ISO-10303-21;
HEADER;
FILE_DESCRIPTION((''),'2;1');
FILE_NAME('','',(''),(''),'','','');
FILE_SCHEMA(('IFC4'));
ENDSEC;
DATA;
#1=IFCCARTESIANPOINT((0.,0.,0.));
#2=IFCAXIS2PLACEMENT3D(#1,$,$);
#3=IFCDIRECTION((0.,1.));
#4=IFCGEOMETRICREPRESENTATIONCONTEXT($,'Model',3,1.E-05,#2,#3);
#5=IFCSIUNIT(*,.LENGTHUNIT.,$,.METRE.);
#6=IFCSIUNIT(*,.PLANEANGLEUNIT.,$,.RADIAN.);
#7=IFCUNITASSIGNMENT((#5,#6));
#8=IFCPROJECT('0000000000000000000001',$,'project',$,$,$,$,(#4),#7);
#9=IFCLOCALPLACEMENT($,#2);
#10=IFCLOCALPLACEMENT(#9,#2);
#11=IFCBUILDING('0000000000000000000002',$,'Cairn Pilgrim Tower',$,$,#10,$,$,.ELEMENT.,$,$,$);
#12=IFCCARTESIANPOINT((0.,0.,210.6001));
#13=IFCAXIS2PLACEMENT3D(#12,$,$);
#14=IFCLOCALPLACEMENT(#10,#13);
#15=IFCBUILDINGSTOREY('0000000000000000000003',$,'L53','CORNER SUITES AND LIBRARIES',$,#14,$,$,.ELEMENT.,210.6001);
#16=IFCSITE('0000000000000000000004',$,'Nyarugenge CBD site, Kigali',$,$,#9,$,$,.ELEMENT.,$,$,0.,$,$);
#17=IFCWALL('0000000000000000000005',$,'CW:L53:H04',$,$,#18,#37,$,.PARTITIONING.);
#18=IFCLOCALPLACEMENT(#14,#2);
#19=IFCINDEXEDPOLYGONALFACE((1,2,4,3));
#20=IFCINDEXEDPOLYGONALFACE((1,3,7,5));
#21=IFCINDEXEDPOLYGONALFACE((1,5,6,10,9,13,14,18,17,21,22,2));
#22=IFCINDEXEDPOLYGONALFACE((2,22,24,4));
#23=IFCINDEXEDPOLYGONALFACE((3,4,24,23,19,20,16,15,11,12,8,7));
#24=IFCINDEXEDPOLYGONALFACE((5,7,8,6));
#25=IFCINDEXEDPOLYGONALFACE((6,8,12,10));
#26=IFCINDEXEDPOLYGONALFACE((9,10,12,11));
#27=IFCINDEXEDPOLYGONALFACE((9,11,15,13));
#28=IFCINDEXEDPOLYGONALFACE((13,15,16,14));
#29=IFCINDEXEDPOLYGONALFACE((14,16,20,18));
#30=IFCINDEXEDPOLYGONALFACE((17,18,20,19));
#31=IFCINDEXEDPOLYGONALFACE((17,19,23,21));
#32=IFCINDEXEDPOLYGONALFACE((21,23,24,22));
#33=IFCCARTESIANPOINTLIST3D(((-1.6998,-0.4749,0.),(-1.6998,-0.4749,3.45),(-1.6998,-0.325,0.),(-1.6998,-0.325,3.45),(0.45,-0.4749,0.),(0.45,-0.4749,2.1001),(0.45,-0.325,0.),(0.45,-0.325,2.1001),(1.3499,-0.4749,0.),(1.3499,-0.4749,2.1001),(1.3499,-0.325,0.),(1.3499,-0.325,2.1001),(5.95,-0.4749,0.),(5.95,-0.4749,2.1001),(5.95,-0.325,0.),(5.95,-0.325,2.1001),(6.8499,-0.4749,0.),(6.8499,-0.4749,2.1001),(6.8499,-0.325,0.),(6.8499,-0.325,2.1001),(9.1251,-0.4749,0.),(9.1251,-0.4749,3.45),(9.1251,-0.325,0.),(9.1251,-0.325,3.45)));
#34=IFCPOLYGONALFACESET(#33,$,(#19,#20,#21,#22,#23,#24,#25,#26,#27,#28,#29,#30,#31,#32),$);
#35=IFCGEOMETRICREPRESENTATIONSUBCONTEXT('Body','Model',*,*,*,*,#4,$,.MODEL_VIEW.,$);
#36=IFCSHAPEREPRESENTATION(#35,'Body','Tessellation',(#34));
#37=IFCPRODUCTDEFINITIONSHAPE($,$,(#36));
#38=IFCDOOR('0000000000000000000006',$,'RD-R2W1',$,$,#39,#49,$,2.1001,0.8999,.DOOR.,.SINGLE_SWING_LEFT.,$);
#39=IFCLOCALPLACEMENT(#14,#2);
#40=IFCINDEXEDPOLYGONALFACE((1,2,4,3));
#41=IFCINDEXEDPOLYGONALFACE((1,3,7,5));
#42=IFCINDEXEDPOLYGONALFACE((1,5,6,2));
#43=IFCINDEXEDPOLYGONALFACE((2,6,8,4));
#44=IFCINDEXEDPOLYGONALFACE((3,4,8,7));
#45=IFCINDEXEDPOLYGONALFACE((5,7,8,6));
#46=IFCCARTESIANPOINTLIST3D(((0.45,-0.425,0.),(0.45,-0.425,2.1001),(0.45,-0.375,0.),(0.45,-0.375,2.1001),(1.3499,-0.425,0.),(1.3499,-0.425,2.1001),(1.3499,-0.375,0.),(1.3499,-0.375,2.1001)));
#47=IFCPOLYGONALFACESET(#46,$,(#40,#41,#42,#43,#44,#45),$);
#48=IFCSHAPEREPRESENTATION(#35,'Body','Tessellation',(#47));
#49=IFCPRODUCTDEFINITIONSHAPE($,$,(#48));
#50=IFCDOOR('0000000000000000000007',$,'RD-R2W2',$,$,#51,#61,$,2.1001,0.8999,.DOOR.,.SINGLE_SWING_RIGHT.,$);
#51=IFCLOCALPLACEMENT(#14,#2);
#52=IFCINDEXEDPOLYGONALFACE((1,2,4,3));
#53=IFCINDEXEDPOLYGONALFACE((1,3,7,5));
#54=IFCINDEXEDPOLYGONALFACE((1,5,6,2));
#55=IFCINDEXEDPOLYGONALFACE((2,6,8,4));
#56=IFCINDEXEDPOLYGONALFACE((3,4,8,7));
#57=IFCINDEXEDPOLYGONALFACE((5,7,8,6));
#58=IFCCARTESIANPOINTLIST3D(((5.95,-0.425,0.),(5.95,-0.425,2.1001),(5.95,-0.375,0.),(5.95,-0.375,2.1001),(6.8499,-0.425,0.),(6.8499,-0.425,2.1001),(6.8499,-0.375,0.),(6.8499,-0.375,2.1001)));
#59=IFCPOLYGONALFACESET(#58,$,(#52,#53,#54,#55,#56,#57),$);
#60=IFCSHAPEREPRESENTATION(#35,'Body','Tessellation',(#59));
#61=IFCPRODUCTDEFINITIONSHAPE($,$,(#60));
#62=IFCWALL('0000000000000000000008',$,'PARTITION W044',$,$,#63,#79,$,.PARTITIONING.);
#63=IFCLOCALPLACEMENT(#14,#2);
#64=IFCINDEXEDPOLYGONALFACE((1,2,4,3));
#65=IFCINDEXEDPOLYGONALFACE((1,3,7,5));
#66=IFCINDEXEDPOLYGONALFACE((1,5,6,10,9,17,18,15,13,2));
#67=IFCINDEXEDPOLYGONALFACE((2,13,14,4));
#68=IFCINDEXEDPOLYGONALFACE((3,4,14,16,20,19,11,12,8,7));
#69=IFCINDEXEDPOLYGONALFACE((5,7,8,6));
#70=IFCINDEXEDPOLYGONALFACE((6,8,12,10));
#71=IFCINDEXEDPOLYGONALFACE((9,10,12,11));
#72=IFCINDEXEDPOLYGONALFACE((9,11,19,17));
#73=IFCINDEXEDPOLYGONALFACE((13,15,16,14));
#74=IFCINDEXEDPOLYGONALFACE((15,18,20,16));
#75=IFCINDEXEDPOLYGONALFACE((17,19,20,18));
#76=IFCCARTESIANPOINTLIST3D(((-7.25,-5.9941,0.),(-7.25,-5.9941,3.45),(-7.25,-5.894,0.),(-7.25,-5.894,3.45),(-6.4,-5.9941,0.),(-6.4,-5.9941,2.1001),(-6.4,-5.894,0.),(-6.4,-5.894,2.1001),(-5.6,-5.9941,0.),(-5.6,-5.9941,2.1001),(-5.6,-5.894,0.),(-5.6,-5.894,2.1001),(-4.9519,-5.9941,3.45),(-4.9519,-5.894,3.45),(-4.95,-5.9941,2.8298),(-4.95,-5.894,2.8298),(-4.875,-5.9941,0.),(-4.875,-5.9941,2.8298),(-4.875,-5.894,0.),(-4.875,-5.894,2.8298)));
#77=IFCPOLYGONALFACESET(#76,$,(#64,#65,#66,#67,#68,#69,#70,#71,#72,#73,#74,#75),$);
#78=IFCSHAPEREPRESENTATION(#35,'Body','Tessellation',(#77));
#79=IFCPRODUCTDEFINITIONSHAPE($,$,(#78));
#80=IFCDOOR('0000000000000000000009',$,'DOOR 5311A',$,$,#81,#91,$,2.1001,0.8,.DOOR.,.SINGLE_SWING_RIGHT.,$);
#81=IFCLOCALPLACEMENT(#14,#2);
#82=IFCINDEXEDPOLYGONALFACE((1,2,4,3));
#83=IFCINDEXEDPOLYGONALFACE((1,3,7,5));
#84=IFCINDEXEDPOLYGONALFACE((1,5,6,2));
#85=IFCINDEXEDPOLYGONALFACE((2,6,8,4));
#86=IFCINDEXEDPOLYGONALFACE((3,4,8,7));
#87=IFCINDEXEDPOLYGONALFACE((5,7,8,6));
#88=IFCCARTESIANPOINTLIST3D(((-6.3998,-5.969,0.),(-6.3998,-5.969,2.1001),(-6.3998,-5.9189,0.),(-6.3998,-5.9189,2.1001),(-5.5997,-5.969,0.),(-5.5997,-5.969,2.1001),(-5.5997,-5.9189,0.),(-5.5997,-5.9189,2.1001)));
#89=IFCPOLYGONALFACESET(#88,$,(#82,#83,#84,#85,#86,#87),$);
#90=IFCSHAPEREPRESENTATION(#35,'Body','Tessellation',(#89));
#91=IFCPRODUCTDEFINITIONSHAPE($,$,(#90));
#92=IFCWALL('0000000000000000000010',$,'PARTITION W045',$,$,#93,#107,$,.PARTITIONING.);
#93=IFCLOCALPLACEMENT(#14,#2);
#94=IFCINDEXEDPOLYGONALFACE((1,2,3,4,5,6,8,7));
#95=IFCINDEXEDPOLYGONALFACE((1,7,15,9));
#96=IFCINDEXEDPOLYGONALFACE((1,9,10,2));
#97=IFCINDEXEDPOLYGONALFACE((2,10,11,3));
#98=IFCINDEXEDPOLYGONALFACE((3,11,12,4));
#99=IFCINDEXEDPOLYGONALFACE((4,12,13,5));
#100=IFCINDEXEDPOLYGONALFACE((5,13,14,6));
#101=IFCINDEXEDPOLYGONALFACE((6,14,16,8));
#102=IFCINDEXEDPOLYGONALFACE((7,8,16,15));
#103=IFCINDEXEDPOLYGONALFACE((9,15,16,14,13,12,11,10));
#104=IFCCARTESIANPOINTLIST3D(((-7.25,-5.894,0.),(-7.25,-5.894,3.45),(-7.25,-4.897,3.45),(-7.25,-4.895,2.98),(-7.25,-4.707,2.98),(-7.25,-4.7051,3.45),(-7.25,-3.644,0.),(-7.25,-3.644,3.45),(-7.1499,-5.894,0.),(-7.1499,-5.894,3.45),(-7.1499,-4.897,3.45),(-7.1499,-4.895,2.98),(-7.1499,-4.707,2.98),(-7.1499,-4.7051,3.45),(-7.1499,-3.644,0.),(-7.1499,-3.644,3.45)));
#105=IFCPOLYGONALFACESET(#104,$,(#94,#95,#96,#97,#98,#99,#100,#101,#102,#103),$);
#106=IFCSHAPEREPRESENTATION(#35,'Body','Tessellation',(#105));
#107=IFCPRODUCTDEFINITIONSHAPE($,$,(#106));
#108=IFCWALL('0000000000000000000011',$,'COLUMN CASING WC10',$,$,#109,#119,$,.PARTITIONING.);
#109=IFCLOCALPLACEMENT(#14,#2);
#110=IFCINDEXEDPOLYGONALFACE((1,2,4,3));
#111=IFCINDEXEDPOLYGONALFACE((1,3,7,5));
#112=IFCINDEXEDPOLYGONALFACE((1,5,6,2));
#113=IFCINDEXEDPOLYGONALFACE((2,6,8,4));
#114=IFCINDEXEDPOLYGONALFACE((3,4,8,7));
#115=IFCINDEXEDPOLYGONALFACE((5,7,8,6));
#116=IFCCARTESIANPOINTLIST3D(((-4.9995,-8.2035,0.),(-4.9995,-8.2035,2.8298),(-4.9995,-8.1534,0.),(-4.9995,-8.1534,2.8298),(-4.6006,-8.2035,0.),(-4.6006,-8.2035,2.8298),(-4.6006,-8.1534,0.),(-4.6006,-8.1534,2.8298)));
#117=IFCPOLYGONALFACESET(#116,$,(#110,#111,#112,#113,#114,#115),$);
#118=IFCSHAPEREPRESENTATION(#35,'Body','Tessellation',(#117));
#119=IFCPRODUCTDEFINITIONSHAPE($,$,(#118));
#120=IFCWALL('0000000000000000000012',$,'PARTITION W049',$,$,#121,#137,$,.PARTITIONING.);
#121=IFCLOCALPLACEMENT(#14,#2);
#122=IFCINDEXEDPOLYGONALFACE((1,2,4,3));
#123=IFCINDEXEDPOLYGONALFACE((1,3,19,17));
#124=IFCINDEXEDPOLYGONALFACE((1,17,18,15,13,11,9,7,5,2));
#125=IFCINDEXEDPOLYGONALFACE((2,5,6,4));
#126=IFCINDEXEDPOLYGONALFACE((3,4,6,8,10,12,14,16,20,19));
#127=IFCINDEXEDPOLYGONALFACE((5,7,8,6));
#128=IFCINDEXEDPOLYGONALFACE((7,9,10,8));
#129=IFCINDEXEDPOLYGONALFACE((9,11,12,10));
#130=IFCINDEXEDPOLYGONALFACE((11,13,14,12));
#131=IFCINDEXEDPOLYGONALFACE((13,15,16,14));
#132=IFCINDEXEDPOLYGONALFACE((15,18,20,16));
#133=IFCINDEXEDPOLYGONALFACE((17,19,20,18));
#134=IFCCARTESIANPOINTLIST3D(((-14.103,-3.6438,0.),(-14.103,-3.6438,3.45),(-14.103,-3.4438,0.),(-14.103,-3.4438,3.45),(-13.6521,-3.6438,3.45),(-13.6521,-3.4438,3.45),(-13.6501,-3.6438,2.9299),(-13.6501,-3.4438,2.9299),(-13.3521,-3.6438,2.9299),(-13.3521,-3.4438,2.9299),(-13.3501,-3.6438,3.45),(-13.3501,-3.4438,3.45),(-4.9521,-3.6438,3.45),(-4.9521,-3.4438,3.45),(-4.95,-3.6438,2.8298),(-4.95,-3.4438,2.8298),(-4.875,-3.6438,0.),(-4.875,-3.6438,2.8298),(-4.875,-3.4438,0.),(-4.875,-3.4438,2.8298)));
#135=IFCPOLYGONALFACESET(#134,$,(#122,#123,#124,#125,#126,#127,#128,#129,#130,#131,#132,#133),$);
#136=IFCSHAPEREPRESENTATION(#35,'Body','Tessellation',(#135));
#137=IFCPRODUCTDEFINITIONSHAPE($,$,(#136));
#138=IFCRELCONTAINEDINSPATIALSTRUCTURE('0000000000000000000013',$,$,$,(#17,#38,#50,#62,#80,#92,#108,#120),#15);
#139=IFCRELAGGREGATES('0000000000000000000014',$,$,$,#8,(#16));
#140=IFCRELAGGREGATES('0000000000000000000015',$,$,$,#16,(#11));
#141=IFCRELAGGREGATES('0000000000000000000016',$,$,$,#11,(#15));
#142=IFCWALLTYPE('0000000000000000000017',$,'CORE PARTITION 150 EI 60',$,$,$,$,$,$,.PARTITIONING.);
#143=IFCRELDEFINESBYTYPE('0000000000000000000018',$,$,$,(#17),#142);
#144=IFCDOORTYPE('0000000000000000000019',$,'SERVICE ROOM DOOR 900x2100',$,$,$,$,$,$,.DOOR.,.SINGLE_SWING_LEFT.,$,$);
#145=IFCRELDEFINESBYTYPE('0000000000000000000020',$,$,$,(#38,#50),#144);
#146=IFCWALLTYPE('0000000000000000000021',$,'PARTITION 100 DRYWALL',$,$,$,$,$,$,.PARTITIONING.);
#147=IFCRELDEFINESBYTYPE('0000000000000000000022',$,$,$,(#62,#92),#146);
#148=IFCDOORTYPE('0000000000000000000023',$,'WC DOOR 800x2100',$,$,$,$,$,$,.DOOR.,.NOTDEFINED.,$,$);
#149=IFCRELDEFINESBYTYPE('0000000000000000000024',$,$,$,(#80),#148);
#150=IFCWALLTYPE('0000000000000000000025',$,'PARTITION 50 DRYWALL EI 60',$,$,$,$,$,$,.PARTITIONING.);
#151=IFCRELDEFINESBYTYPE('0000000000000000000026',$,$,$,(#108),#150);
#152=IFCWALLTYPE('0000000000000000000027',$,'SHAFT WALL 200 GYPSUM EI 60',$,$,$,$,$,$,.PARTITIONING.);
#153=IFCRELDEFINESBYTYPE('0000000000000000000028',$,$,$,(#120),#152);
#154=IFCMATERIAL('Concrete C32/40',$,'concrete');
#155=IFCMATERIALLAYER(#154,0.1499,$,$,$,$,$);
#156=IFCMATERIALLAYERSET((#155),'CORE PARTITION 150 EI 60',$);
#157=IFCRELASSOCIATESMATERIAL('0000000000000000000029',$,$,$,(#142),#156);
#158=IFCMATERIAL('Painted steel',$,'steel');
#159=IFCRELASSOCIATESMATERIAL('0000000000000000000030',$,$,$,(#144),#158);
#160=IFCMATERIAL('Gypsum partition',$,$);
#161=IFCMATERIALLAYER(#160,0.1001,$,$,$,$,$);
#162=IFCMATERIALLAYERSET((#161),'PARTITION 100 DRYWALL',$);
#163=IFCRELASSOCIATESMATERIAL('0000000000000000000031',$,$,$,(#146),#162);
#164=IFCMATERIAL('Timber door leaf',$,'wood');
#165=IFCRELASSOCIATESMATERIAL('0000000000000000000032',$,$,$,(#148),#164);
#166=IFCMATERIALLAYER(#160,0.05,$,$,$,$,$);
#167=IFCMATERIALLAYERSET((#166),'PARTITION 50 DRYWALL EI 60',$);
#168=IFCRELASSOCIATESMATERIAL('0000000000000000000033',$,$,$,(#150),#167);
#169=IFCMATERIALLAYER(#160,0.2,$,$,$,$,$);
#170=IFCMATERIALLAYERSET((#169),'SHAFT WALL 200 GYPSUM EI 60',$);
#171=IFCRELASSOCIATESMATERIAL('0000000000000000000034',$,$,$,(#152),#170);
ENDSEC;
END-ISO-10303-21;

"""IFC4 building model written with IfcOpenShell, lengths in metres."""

from ifc_helpers import new_model, si_unit, direction, frame, frame_2d, origin, place, context, subcontext, project, spatial, polyline, rectangle, outline, extrude, material, layer, layer_set, type_object, element, fill, save


model = new_model("IFC4")

# Units and contexts
model_context = context("Model", 3, precision=1e-05, world=origin(), true_north=direction((0.0, 1.0)))
body_context = subcontext(model_context, "Body", "Model", "MODEL_VIEW")
ifc_project = project(units=[si_unit("LENGTHUNIT", "METRE"), si_unit("PLANEANGLEUNIT", "RADIAN")], contexts=[model_context])

# Site, building, storey
site_placement = place(None, origin())
site = spatial("IfcSite", under=ifc_project, at=site_placement, Name="Nyarugenge CBD site, Kigali", CompositionType="ELEMENT", RefElevation=0.0)
building_placement = place(site_placement, origin())
building = spatial("IfcBuilding", under=site, at=building_placement, Name="Cairn Pilgrim Tower", CompositionType="ELEMENT")
storey_placement = place(building_placement, frame((0.0, 0.0, 210.6001)))
storey = spatial("IfcBuildingStorey", under=building, at=storey_placement, Name="L53", Description="CORNER SUITES AND LIBRARIES", CompositionType="ELEMENT", Elevation=210.6001)

# Shared definitions
ifc_material_1 = material(Name="Concrete C32/40", Category="concrete")

# Wall, openings, doors
ifc_material_2 = material(Name="Painted steel", Category="steel")
ifc_layer_1 = layer(ifc_material_1, 0.1499)
ifc_layer_set_1 = layer_set([ifc_layer_1], Name="CORE PARTITION 150 EI 60")
wall_type_1 = type_object("IfcWallType", Name="CORE PARTITION 150 EI 60", PredefinedType="PARTITIONING", material=ifc_layer_set_1)
door_type_1 = type_object("IfcDoorType", Name="SERVICE ROOM DOOR 900x2100", OperationType="SINGLE_SWING_LEFT", PredefinedType="DOOR", material=ifc_material_2)
wall_1_placement = place(storey_placement, frame((-1.7, -0.3999, 0.0), z_axis=(0.0, 0.0, 1.0), x_axis=(1.0, 0.0, 0.0)))
wall_1 = element("IfcWall", 1, at=wall_1_placement, inside=storey, type_object=wall_type_1, Name="CW:L53:H04", PredefinedType="PARTITIONING", context=body_context, shape_type="SweptSolid", body=[
    extrude(rectangle(XDim=10.825, YDim=0.1499, at=frame_2d((5.4126, 0.0))), origin(), (0.0, 0.0, 1.0), 3.45),
])
opening_1_placement = place(wall_1_placement, frame((2.1499, 0.0, 0.0)))
opening_1 = element("IfcOpeningElement", 2, at=opening_1_placement, cuts=wall_1, PredefinedType="OPENING", context=body_context, shape_type="SweptSolid", body=[
    extrude(rectangle(XDim=0.8999, YDim=2.1001, at=frame_2d((0.45, 1.05))), frame((0.0, 0.085, 0.0), z_axis=(0.0, -1.0, 0.0), x_axis=(1.0, 0.0, 0.0)), (0.0, 0.0, 1.0), 0.1699),
])
opening_2_placement = place(wall_1_placement, frame((7.6499, 0.0, 0.0)))
opening_2 = element("IfcOpeningElement", 3, at=opening_2_placement, cuts=wall_1, PredefinedType="OPENING", context=body_context, shape_type="SweptSolid", body=[
    extrude(rectangle(XDim=0.8999, YDim=2.1001, at=frame_2d((0.45, 1.05))), frame((0.0, 0.085, 0.0), z_axis=(0.0, -1.0, 0.0), x_axis=(1.0, 0.0, 0.0)), (0.0, 0.0, 1.0), 0.1699),
])
door_1_placement = place(opening_1_placement, origin())
door_1 = element("IfcDoor", 4, at=door_1_placement, inside=storey, type_object=door_type_1, Name="RD-R2W1", OperationType="SINGLE_SWING_LEFT", OverallHeight=2.1001, OverallWidth=0.8999, PredefinedType="DOOR", context=body_context, shape_type="SweptSolid", body=[
    extrude(rectangle(XDim=0.8999, YDim=2.1001, at=frame_2d((0.45, 1.05))), frame((0.0, 0.0249, 0.0), z_axis=(0.0, -1.0, 0.0), x_axis=(1.0, 0.0, 0.0)), (0.0, 0.0, 1.0), 0.05),
])
fill(opening_1, door_1)
door_2_placement = place(opening_2_placement, origin())
door_2 = element("IfcDoor", 5, at=door_2_placement, inside=storey, type_object=door_type_1, Name="RD-R2W2", OperationType="SINGLE_SWING_RIGHT", OverallHeight=2.1001, OverallWidth=0.8999, PredefinedType="DOOR", context=body_context, shape_type="SweptSolid", body=[
    extrude(rectangle(XDim=0.8999, YDim=2.1001, at=frame_2d((0.45, 1.05))), frame((0.0, 0.0249, 0.0), z_axis=(0.0, -1.0, 0.0), x_axis=(1.0, 0.0, 0.0)), (0.0, 0.0, 1.0), 0.05),
])
fill(opening_2, door_2)

# Wall, opening, door
ifc_material_3 = material(Name="Gypsum partition")
ifc_layer_2 = layer(ifc_material_3, 0.1001)
ifc_layer_set_2 = layer_set([ifc_layer_2], Name="PARTITION 100 DRYWALL")
wall_type_2 = type_object("IfcWallType", Name="PARTITION 100 DRYWALL", PredefinedType="PARTITIONING", material=ifc_layer_set_2)
wall_2_placement = place(storey_placement, frame((-7.25, -5.9441, 0.0), z_axis=(0.0, 0.0, 1.0), x_axis=(1.0, 0.0, 0.0)))
wall_2 = element("IfcWall", 6, at=wall_2_placement, inside=storey, type_object=wall_type_2, Name="PARTITION W044", PredefinedType="PARTITIONING", context=body_context, shape_type="SweptSolid", body=[
    extrude(outline(polyline([(0.0, 0.0), (2.375, 0.0), (2.375, 2.8298), (2.3, 2.8298), (2.2981, 3.45), (0.0, 3.45), (0.0, 0.0)])), frame((0.0, 0.05, 0.0), z_axis=(0.0, -1.0, 0.0), x_axis=(1.0, 0.0, 0.0)), (0.0, 0.0, 1.0), 0.1001),
])
opening_3_placement = place(wall_2_placement, frame((0.8501, 0.0, 0.0)))
opening_3 = element("IfcOpeningElement", 7, at=opening_3_placement, cuts=wall_2, PredefinedType="OPENING", context=body_context, shape_type="SweptSolid", body=[
    extrude(rectangle(XDim=0.8, YDim=2.1001, at=frame_2d((0.3999, 1.05))), frame((0.0, 0.0601, 0.0), z_axis=(0.0, -1.0, 0.0), x_axis=(1.0, 0.0, 0.0)), (0.0, 0.0, 1.0), 0.1201),
])
ifc_material_4 = material(Name="Timber door leaf", Category="wood")
door_type_2 = type_object("IfcDoorType", Name="WC DOOR 800x2100", OperationType="NOTDEFINED", PredefinedType="DOOR", material=ifc_material_4)
door_3_placement = place(opening_3_placement, frame((0.8, 0.0, 0.0), z_axis=(0.0, 0.0, 1.0), x_axis=(-1.0, 0.0, 0.0)))
door_3 = element("IfcDoor", 8, at=door_3_placement, inside=storey, type_object=door_type_2, Name="DOOR 5311A", OperationType="SINGLE_SWING_RIGHT", OverallHeight=2.1001, OverallWidth=0.8, PredefinedType="DOOR", context=body_context, shape_type="SweptSolid", body=[
    extrude(rectangle(XDim=0.8, YDim=2.1001, at=frame_2d((0.3999, 1.05))), frame((0.0, 0.0249, 0.0), z_axis=(0.0, -1.0, 0.0), x_axis=(1.0, 0.0, 0.0)), (0.0, 0.0, 1.0), 0.05),
])
fill(opening_3, door_3)

# Walls
wall_3_placement = place(storey_placement, frame((-7.2, -5.894, 0.0), z_axis=(0.0, 0.0, 1.0), x_axis=(0.0, 1.0, 0.0)))
element("IfcWall", 9, at=wall_3_placement, inside=storey, type_object=wall_type_2, Name="PARTITION W045", PredefinedType="PARTITIONING", context=body_context, shape_type="SweptSolid", body=[
    extrude(outline(polyline([(0.0, 0.0), (2.25, 0.0), (2.25, 3.45), (1.189, 3.45), (1.187, 2.98), (0.999, 2.98), (0.9971, 3.45), (0.0, 3.45), (0.0, 0.0)])), frame((0.0, 0.05, 0.0), z_axis=(0.0, -1.0, 0.0), x_axis=(1.0, 0.0, 0.0)), (0.0, 0.0, 1.0), 0.1001),
])
ifc_layer_3 = layer(ifc_material_3, 0.05)
ifc_layer_set_3 = layer_set([ifc_layer_3], Name="PARTITION 50 DRYWALL EI 60")
wall_type_3 = type_object("IfcWallType", Name="PARTITION 50 DRYWALL EI 60", PredefinedType="PARTITIONING", material=ifc_layer_set_3)
wall_4_placement = place(storey_placement, frame((-4.9995, -8.1785, 0.0), z_axis=(0.0, 0.0, 1.0), x_axis=(1.0, 0.0, 0.0)))
element("IfcWall", 10, at=wall_4_placement, inside=storey, type_object=wall_type_3, Name="COLUMN CASING WC10", PredefinedType="PARTITIONING", context=body_context, shape_type="SweptSolid", body=[
    extrude(rectangle(XDim=0.3989, YDim=0.05, at=frame_2d((0.1995, 0.0))), origin(), (0.0, 0.0, 1.0), 2.8298),
])
ifc_layer_4 = layer(ifc_material_3, 0.2)
ifc_layer_set_4 = layer_set([ifc_layer_4], Name="SHAFT WALL 200 GYPSUM EI 60")
wall_type_4 = type_object("IfcWallType", Name="SHAFT WALL 200 GYPSUM EI 60", PredefinedType="PARTITIONING", material=ifc_layer_set_4)
wall_5_placement = place(storey_placement, frame((-14.103, -3.5439, 0.0), z_axis=(0.0, 0.0, 1.0), x_axis=(1.0, 0.0, 0.0)))
element("IfcWall", 11, at=wall_5_placement, inside=storey, type_object=wall_type_4, Name="PARTITION W049", PredefinedType="PARTITIONING", context=body_context, shape_type="SweptSolid", body=[
    extrude(outline(polyline([(0.0, 0.0), (9.228, 0.0), (9.228, 2.8298), (9.1531, 2.8298), (9.1509, 3.45), (0.7529, 3.45), (0.751, 2.9299), (0.4529, 2.9299), (0.4509, 3.45), (0.0, 3.45), (0.0, 0.0)])), frame((0.0, 0.1001, 0.0), z_axis=(0.0, -1.0, 0.0), x_axis=(1.0, 0.0, 0.0)), (0.0, 0.0, 1.0), 0.2),
])

save(model, "model.ifc")
